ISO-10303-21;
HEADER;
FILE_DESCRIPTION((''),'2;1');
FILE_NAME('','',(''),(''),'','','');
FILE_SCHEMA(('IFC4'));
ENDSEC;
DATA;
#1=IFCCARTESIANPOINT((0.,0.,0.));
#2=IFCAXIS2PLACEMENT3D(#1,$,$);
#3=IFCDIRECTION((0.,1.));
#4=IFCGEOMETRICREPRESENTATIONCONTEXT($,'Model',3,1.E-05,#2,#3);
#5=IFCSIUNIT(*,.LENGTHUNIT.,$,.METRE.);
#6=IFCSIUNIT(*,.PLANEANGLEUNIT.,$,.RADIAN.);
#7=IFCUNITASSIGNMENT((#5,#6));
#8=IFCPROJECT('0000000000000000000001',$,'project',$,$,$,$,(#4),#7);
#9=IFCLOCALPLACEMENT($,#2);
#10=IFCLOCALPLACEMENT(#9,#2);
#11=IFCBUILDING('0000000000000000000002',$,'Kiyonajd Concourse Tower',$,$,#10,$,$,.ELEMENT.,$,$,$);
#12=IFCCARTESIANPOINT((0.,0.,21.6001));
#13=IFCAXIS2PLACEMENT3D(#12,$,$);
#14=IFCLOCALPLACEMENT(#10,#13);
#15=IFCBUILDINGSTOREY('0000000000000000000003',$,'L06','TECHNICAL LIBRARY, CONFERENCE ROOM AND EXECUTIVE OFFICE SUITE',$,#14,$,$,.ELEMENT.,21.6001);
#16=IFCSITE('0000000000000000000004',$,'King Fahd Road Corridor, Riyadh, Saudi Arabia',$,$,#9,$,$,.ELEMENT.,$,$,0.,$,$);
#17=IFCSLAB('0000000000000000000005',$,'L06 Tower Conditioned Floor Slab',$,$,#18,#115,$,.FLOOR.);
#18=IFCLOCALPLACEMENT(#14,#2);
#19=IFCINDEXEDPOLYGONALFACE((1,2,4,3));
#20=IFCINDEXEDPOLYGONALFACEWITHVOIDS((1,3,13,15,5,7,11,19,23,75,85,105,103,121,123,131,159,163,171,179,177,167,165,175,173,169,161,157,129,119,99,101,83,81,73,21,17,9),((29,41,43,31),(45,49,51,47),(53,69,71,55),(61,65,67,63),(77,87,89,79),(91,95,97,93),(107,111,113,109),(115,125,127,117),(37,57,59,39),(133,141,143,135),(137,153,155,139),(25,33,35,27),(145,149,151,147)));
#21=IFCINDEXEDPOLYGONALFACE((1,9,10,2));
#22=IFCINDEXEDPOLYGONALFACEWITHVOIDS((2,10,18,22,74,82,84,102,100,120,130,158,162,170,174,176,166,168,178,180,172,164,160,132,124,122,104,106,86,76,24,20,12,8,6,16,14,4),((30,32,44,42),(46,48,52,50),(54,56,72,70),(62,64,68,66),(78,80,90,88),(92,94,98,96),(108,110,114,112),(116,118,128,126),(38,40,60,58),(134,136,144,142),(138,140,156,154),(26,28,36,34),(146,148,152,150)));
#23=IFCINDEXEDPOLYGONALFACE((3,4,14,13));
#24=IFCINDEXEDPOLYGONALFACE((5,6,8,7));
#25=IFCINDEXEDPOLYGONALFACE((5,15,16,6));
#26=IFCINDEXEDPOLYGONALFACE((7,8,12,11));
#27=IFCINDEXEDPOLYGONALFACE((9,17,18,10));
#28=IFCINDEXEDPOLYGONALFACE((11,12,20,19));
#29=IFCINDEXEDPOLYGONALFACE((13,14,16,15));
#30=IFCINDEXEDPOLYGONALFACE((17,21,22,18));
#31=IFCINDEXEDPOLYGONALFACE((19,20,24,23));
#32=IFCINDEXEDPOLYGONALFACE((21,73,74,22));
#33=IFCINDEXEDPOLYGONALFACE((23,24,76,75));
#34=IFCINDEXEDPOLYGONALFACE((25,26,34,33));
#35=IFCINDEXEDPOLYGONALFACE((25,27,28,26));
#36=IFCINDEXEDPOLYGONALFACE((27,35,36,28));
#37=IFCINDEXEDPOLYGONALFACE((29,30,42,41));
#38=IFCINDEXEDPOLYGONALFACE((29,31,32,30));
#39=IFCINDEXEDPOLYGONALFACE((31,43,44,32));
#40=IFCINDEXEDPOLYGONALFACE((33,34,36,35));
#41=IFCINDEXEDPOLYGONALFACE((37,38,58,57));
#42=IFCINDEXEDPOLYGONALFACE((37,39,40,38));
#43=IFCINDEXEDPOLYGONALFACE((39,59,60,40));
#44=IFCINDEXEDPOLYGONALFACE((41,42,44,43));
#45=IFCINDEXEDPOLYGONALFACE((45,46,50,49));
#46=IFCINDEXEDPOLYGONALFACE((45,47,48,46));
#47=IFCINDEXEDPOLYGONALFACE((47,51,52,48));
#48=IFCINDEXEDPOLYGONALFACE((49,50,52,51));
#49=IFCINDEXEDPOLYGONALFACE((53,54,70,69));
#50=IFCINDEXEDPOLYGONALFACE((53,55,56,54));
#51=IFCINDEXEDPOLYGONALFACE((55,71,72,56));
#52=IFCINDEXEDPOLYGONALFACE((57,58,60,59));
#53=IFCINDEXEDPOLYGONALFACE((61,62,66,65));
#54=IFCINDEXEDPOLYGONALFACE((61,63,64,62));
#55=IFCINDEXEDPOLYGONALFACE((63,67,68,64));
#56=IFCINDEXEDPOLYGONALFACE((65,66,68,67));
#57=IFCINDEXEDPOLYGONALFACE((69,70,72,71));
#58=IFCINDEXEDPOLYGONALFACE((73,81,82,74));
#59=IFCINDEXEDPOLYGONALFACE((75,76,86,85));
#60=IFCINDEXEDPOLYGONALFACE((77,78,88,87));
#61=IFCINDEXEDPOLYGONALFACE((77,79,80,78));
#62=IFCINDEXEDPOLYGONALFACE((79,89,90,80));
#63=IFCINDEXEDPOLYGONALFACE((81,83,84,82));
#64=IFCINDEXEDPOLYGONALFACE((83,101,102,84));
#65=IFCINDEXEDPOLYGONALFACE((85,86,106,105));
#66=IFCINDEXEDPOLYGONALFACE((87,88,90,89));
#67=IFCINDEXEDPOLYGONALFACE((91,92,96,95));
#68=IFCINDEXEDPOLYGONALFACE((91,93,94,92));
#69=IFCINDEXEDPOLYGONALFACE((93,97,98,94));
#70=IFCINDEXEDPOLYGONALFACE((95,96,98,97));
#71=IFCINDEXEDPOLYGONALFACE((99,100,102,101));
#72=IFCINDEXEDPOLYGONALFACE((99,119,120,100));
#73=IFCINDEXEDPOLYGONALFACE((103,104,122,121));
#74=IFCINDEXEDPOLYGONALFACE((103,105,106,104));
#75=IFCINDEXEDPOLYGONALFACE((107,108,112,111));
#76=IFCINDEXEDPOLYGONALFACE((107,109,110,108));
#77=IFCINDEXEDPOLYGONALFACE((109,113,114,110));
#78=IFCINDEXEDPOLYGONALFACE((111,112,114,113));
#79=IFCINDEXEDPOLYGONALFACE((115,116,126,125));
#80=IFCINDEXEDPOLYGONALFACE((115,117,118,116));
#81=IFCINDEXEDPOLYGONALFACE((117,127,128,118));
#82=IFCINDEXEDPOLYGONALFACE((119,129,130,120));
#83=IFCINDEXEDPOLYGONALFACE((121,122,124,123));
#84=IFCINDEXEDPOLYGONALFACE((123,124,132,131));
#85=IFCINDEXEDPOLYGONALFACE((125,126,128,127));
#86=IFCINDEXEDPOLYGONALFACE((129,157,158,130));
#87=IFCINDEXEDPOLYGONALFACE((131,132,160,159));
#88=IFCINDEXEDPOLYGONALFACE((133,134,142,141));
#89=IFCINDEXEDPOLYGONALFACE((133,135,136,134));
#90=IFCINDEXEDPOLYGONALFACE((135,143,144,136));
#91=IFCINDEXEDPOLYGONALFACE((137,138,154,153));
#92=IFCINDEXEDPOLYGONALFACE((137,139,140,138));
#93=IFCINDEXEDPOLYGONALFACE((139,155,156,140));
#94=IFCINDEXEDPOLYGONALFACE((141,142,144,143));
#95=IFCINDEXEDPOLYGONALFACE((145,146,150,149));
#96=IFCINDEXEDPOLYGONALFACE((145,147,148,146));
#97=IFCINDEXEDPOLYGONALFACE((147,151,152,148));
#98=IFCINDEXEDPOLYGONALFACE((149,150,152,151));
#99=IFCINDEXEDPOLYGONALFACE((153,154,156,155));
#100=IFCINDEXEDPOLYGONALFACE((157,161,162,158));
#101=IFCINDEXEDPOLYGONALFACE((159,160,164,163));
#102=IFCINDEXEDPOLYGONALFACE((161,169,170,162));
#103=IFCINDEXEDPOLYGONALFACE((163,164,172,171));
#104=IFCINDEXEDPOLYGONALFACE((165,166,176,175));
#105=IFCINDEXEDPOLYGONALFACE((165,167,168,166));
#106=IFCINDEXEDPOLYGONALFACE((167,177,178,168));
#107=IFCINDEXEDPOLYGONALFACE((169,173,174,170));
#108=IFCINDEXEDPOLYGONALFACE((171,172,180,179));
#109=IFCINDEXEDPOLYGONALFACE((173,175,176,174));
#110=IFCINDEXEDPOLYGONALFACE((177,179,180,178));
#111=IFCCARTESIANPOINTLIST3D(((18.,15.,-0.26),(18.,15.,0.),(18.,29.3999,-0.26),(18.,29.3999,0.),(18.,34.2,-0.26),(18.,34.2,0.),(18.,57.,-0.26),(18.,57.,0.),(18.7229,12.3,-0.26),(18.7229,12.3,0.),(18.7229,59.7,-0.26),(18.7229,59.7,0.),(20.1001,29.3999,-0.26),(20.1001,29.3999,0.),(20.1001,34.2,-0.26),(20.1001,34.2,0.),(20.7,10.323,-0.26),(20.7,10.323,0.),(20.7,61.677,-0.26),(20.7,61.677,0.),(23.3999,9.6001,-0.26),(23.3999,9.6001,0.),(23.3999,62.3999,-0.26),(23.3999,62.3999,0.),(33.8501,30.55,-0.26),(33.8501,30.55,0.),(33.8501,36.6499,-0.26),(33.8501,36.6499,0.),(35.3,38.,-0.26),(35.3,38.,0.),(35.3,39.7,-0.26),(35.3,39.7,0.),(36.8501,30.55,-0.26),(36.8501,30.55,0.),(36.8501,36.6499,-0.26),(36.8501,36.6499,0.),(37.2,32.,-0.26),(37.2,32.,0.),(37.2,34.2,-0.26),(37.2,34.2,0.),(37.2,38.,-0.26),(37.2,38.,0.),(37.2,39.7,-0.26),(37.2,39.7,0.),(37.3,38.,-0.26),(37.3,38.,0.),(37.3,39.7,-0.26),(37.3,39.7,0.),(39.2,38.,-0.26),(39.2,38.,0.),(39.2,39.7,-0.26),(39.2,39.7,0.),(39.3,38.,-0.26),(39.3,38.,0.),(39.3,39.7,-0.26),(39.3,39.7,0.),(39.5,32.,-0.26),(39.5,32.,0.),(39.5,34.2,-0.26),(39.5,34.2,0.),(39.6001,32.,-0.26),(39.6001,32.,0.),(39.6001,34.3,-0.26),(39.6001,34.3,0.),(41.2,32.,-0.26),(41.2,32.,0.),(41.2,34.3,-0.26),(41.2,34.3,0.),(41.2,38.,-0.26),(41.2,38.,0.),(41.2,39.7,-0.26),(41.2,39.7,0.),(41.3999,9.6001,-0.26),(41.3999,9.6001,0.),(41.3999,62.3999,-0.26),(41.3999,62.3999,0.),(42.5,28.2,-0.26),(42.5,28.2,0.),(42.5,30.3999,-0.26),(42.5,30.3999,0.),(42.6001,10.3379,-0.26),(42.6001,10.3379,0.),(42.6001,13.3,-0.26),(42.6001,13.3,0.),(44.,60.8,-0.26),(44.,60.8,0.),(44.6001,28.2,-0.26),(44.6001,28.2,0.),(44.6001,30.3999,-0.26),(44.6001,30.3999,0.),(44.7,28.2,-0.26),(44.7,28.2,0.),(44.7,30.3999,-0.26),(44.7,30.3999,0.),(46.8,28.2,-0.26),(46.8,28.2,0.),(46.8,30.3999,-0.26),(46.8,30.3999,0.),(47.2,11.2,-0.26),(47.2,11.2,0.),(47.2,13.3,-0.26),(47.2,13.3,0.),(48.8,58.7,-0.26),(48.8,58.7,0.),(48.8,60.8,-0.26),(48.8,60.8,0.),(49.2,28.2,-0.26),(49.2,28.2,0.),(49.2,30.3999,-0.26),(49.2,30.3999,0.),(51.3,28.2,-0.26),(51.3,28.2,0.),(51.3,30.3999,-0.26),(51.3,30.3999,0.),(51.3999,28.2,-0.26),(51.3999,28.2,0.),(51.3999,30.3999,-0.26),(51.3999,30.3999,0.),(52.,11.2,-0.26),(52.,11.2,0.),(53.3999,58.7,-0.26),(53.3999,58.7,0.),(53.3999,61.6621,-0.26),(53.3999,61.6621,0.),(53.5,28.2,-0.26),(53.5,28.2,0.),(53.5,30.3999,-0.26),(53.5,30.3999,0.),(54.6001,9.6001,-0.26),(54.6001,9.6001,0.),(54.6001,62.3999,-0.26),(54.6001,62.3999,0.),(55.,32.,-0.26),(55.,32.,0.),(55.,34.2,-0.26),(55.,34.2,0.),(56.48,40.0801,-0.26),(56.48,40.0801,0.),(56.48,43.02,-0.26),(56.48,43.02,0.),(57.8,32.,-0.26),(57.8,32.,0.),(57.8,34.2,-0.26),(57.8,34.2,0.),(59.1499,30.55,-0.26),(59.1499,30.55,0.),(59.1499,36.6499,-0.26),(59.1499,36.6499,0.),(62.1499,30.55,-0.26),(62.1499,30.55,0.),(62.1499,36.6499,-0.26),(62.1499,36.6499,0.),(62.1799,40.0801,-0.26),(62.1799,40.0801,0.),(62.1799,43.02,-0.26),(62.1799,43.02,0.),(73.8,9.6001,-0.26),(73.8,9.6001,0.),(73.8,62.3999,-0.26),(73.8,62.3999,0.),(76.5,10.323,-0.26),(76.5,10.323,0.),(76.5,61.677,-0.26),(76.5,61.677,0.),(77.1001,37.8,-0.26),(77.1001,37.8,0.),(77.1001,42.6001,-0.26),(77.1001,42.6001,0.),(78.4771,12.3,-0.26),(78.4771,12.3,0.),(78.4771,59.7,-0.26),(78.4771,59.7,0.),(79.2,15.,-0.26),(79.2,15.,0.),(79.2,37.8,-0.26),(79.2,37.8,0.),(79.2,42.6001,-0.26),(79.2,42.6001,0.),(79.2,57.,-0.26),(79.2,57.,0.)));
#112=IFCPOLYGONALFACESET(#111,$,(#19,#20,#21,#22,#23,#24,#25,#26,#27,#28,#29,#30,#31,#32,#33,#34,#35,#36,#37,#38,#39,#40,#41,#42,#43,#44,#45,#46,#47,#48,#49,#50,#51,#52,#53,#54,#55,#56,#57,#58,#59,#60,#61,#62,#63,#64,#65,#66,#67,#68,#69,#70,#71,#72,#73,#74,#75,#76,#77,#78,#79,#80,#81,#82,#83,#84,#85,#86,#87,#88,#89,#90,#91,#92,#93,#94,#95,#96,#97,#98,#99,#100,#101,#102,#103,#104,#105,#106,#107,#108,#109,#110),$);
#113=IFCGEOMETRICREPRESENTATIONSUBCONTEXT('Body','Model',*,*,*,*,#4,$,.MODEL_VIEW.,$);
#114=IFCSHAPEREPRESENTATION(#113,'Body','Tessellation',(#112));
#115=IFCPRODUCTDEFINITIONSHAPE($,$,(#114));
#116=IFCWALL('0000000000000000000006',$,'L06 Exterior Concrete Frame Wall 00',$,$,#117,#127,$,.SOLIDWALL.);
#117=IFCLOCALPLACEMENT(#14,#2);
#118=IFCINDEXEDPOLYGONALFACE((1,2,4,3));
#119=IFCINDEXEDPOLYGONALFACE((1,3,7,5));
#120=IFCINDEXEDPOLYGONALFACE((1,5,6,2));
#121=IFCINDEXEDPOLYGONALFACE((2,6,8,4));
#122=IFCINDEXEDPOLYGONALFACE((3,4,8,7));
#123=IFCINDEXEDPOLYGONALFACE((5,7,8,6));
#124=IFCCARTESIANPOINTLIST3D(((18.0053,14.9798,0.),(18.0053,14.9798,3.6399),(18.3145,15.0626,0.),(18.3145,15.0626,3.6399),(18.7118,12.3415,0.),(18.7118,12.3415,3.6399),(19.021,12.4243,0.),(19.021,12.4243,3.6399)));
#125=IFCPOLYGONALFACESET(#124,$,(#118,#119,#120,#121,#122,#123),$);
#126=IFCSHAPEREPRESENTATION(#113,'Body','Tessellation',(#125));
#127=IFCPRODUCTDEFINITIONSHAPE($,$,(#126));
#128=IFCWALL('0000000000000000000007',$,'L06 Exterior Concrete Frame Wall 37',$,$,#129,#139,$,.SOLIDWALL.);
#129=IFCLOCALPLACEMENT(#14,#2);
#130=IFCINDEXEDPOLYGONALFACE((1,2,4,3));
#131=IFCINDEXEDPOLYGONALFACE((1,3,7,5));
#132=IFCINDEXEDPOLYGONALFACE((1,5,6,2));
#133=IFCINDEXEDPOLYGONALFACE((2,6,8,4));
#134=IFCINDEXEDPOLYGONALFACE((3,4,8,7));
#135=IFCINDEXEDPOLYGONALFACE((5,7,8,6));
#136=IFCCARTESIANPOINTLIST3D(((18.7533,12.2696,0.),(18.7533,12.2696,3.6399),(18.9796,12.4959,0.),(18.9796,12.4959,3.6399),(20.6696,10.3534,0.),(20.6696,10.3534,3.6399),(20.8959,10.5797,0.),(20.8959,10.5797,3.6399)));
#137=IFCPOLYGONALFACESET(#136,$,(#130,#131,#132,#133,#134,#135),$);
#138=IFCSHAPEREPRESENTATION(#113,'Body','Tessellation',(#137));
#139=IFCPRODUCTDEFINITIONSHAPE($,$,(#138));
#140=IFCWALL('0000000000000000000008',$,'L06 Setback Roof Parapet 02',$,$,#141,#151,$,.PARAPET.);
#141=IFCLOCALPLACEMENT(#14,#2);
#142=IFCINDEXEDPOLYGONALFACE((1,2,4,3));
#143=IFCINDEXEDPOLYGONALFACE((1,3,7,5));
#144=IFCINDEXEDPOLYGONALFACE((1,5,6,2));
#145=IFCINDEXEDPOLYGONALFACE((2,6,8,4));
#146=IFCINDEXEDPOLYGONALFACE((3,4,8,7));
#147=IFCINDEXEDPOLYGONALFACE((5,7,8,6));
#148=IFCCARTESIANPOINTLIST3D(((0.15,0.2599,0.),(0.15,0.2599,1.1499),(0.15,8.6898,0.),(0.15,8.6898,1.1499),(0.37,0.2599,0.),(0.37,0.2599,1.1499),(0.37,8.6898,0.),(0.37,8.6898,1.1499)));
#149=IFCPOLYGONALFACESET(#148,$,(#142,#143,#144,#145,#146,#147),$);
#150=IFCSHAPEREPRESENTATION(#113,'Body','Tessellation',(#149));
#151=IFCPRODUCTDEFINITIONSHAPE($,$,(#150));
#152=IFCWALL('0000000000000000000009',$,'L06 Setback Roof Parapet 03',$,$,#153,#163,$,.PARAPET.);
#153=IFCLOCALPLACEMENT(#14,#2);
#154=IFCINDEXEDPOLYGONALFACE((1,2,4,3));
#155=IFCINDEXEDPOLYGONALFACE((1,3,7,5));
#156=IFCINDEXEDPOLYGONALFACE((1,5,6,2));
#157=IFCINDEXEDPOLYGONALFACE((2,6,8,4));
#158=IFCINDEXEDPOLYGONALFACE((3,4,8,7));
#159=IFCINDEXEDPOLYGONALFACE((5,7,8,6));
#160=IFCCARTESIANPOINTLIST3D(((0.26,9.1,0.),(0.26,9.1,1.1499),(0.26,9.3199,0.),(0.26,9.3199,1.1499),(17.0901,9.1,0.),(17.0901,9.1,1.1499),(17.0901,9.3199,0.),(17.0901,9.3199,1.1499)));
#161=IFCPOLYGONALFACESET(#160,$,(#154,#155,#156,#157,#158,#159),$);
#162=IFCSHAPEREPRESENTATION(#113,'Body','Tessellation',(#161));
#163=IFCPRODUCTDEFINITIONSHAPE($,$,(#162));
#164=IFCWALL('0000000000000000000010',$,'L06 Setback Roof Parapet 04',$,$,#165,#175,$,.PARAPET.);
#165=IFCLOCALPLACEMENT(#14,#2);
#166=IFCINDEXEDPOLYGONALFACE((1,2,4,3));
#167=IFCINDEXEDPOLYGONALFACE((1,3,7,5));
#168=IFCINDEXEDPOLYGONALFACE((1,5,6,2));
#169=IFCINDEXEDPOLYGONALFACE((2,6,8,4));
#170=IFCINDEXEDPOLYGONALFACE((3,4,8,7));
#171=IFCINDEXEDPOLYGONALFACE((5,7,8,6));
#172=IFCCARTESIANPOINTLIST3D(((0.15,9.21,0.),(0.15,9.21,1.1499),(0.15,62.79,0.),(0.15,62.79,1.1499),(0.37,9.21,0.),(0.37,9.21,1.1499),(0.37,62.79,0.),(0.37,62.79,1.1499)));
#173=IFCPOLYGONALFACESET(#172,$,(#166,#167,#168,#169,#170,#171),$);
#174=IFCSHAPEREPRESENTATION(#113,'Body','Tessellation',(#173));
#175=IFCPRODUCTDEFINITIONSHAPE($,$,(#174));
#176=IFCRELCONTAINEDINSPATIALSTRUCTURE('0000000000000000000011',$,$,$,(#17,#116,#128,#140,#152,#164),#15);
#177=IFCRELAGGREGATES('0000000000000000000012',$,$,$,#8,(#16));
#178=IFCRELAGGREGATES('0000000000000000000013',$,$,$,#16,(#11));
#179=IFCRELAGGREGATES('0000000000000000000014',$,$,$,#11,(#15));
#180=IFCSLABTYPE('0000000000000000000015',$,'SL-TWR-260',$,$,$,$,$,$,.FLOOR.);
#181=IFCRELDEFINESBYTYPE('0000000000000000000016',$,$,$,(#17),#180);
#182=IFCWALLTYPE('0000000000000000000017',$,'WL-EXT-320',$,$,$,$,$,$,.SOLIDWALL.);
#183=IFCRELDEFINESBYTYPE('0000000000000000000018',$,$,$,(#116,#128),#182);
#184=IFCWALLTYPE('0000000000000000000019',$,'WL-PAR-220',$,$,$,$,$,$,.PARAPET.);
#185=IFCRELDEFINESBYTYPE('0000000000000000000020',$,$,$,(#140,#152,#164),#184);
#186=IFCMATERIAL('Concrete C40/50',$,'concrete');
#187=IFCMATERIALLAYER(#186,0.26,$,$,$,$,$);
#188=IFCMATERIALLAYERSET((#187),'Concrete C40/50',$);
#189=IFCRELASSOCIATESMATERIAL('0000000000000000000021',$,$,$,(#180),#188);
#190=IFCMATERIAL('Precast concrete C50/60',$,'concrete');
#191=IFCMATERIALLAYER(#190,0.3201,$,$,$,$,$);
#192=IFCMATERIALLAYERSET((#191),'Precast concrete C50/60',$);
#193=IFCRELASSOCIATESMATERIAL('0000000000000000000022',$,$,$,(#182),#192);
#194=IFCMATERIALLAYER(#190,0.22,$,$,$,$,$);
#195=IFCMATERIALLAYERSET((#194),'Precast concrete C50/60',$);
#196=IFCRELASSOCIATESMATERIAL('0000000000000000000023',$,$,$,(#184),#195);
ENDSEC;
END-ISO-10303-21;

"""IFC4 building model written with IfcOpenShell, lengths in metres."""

from ifc_helpers import new_model, si_unit, direction, frame, frame_2d, origin, place, context, subcontext, project, spatial, polyline, rectangle, outline, extrude, material, layer, layer_set, type_object, element, save


model = new_model("IFC4")

# Units and contexts
model_context = context("Model", 3, precision=1e-05, world=origin(), true_north=direction((0.0, 1.0)))
body_context = subcontext(model_context, "Body", "Model", "MODEL_VIEW")
ifc_project = project(units=[si_unit("LENGTHUNIT", "METRE"), si_unit("PLANEANGLEUNIT", "RADIAN")], contexts=[model_context])

# Site, building, storey
site_placement = place(None, origin())
site = spatial("IfcSite", under=ifc_project, at=site_placement, Name="King Fahd Road Corridor, Riyadh, Saudi Arabia", CompositionType="ELEMENT", RefElevation=0.0)
building_placement = place(site_placement, origin())
building = spatial("IfcBuilding", under=site, at=building_placement, Name="Kiyonajd Concourse Tower", CompositionType="ELEMENT")
storey_placement = place(building_placement, frame((0.0, 0.0, 21.6001)))
storey = spatial("IfcBuildingStorey", under=building, at=storey_placement, Name="L06", Description="TECHNICAL LIBRARY, CONFERENCE ROOM AND EXECUTIVE OFFICE SUITE", CompositionType="ELEMENT", Elevation=21.6001)

# Shared definitions
ifc_material_1 = material(Name="Concrete C40/50", Category="concrete")

# Slab
ifc_material_2 = material(Name="Precast concrete C50/60", Category="concrete")
ifc_layer_1 = layer(ifc_material_1, 0.26)
ifc_layer_set_1 = layer_set([ifc_layer_1], Name="Concrete C40/50")
slab_type_1 = type_object("IfcSlabType", Name="SL-TWR-260", PredefinedType="FLOOR", material=ifc_layer_set_1)
slab_1_placement = place(storey_placement, frame((0.0, 0.0, -0.26)))
element("IfcSlab", 1, at=slab_1_placement, inside=storey, type_object=slab_type_1, Name="L06 Tower Conditioned Floor Slab", PredefinedType="FLOOR", context=body_context, shape_type="SweptSolid", body=[
    extrude(outline(polyline([(18.7229, 12.3), (18.0, 15.0), (18.0, 29.3999), (20.1001, 29.3999), (20.1001, 34.2), (18.0, 34.2), (18.0, 57.0), (18.7229, 59.7), (20.7, 61.677), (23.3999, 62.3999), (41.3999, 62.3999), (44.0, 60.8), (48.8, 60.8), (48.8, 58.7), (53.3999, 58.7), (53.3999, 61.6621), (54.6001, 62.3999), (73.8, 62.3999), (76.5, 61.677), (78.4771, 59.7), (79.2, 57.0), (79.2, 42.6001), (77.1001, 42.6001), (77.1001, 37.8), (79.2, 37.8), (79.2, 15.0), (78.4771, 12.3), (76.5, 10.323), (73.8, 9.6001), (54.6001, 9.6001), (52.0, 11.2), (47.2, 11.2), (47.2, 13.3), (42.6001, 13.3), (42.6001, 10.3379), (41.3999, 9.6001), (23.3999, 9.6001), (20.7, 10.323), (18.7229, 12.3)]), holes=[polyline([(44.6001, 28.2), (42.5, 28.2), (42.5, 30.3999), (44.6001, 30.3999), (44.6001, 28.2)]), polyline([(37.2, 32.0), (37.2, 34.2), (39.5, 34.2), (39.5, 32.0), (37.2, 32.0)]), polyline([(39.6001, 32.0), (39.6001, 34.3), (41.2, 34.3), (41.2, 32.0), (39.6001, 32.0)]), polyline([(36.8501, 30.55), (33.8501, 30.55), (33.8501, 36.6499), (36.8501, 36.6499), (36.8501, 30.55)]), polyline([(35.3, 38.0), (35.3, 39.7), (37.2, 39.7), (37.2, 38.0), (35.3, 38.0)]), polyline([(37.3, 38.0), (37.3, 39.7), (39.2, 39.7), (39.2, 38.0), (37.3, 38.0)]), polyline([(41.2, 38.0), (39.3, 38.0), (39.3, 39.7), (41.2, 39.7), (41.2, 38.0)]), polyline([(44.7, 28.2), (44.7, 30.3999), (46.8, 30.3999), (46.8, 28.2), (44.7, 28.2)]), polyline([(49.2, 28.2), (49.2, 30.3999), (51.3, 30.3999), (51.3, 28.2), (49.2, 28.2)]), polyline([(51.3999, 28.2), (51.3999, 30.3999), (53.5, 30.3999), (53.5, 28.2), (51.3999, 28.2)]), polyline([(55.0, 32.0), (55.0, 34.2), (57.8, 34.2), (57.8, 32.0), (55.0, 32.0)]), polyline([(59.1499, 30.55), (59.1499, 36.6499), (62.1499, 36.6499), (62.1499, 30.55), (59.1499, 30.55)]), polyline([(56.48, 43.02), (62.1799, 43.02), (62.1799, 40.0801), (56.48, 40.0801), (56.48, 43.02)])]), origin(), (0.0, 0.0, 1.0), 0.26),
])

# Walls
ifc_layer_2 = layer(ifc_material_2, 0.3201)
ifc_layer_set_2 = layer_set([ifc_layer_2], Name="Precast concrete C50/60")
wall_type_1 = type_object("IfcWallType", Name="WL-EXT-320", PredefinedType="SOLIDWALL", material=ifc_layer_set_2)
wall_1_placement = place(storey_placement, frame((18.8665, 12.3828, 0.0), z_axis=(0.0, 0.0, 1.0), x_axis=(-0.258697, 0.965958, 0.0)))
element("IfcWall", 2, at=wall_1_placement, inside=storey, type_object=wall_type_1, Name="L06 Exterior Concrete Frame Wall 00", PredefinedType="SOLIDWALL", context=body_context, shape_type="SweptSolid", body=[
    extrude(rectangle(XDim=2.7312, YDim=0.3201, at=frame_2d((1.3657, 0.0))), origin(), (0.0, 0.0, 1.0), 3.6399),
])
wall_2_placement = place(storey_placement, frame((20.7827, 10.4666, 0.0), z_axis=(0.0, 0.0, 1.0), x_axis=(-0.707107, 0.707107, 0.0)))
element("IfcWall", 3, at=wall_2_placement, inside=storey, type_object=wall_type_1, Name="L06 Exterior Concrete Frame Wall 37", PredefinedType="SOLIDWALL", context=body_context, shape_type="SweptSolid", body=[
    extrude(rectangle(XDim=2.71, YDim=0.3201, at=frame_2d((1.355, 0.0))), origin(), (0.0, 0.0, 1.0), 3.6399),
])
ifc_layer_3 = layer(ifc_material_2, 0.22)
ifc_layer_set_3 = layer_set([ifc_layer_3], Name="Precast concrete C50/60")
wall_type_2 = type_object("IfcWallType", Name="WL-PAR-220", PredefinedType="PARAPET", material=ifc_layer_set_3)
wall_3_placement = place(storey_placement, frame((0.26, 0.26, 0.0), z_axis=(0.0, 0.0, 1.0), x_axis=(0.0, 1.0, 0.0)))
element("IfcWall", 4, at=wall_3_placement, inside=storey, type_object=wall_type_2, Name="L06 Setback Roof Parapet 02", PredefinedType="PARAPET", context=body_context, shape_type="SweptSolid", body=[
    extrude(rectangle(XDim=8.4299, YDim=0.22, at=frame_2d((4.2148, 0.0))), origin(), (0.0, 0.0, 1.0), 1.1499),
])
wall_4_placement = place(storey_placement, frame((17.0901, 9.21, 0.0), z_axis=(0.0, 0.0, 1.0), x_axis=(-1.0, 0.0, 0.0)))
element("IfcWall", 5, at=wall_4_placement, inside=storey, type_object=wall_type_2, Name="L06 Setback Roof Parapet 03", PredefinedType="PARAPET", context=body_context, shape_type="SweptSolid", body=[
    extrude(rectangle(XDim=16.8301, YDim=0.22, at=frame_2d((8.415, 0.0))), origin(), (0.0, 0.0, 1.0), 1.1499),
])
wall_5_placement = place(storey_placement, frame((0.26, 9.21, 0.0), z_axis=(0.0, 0.0, 1.0), x_axis=(0.0, 1.0, 0.0)))
element("IfcWall", 6, at=wall_5_placement, inside=storey, type_object=wall_type_2, Name="L06 Setback Roof Parapet 04", PredefinedType="PARAPET", context=body_context, shape_type="SweptSolid", body=[
    extrude(rectangle(XDim=53.5801, YDim=0.22, at=frame_2d((26.79, 0.0))), origin(), (0.0, 0.0, 1.0), 1.1499),
])

save(model, "model.ifc")
